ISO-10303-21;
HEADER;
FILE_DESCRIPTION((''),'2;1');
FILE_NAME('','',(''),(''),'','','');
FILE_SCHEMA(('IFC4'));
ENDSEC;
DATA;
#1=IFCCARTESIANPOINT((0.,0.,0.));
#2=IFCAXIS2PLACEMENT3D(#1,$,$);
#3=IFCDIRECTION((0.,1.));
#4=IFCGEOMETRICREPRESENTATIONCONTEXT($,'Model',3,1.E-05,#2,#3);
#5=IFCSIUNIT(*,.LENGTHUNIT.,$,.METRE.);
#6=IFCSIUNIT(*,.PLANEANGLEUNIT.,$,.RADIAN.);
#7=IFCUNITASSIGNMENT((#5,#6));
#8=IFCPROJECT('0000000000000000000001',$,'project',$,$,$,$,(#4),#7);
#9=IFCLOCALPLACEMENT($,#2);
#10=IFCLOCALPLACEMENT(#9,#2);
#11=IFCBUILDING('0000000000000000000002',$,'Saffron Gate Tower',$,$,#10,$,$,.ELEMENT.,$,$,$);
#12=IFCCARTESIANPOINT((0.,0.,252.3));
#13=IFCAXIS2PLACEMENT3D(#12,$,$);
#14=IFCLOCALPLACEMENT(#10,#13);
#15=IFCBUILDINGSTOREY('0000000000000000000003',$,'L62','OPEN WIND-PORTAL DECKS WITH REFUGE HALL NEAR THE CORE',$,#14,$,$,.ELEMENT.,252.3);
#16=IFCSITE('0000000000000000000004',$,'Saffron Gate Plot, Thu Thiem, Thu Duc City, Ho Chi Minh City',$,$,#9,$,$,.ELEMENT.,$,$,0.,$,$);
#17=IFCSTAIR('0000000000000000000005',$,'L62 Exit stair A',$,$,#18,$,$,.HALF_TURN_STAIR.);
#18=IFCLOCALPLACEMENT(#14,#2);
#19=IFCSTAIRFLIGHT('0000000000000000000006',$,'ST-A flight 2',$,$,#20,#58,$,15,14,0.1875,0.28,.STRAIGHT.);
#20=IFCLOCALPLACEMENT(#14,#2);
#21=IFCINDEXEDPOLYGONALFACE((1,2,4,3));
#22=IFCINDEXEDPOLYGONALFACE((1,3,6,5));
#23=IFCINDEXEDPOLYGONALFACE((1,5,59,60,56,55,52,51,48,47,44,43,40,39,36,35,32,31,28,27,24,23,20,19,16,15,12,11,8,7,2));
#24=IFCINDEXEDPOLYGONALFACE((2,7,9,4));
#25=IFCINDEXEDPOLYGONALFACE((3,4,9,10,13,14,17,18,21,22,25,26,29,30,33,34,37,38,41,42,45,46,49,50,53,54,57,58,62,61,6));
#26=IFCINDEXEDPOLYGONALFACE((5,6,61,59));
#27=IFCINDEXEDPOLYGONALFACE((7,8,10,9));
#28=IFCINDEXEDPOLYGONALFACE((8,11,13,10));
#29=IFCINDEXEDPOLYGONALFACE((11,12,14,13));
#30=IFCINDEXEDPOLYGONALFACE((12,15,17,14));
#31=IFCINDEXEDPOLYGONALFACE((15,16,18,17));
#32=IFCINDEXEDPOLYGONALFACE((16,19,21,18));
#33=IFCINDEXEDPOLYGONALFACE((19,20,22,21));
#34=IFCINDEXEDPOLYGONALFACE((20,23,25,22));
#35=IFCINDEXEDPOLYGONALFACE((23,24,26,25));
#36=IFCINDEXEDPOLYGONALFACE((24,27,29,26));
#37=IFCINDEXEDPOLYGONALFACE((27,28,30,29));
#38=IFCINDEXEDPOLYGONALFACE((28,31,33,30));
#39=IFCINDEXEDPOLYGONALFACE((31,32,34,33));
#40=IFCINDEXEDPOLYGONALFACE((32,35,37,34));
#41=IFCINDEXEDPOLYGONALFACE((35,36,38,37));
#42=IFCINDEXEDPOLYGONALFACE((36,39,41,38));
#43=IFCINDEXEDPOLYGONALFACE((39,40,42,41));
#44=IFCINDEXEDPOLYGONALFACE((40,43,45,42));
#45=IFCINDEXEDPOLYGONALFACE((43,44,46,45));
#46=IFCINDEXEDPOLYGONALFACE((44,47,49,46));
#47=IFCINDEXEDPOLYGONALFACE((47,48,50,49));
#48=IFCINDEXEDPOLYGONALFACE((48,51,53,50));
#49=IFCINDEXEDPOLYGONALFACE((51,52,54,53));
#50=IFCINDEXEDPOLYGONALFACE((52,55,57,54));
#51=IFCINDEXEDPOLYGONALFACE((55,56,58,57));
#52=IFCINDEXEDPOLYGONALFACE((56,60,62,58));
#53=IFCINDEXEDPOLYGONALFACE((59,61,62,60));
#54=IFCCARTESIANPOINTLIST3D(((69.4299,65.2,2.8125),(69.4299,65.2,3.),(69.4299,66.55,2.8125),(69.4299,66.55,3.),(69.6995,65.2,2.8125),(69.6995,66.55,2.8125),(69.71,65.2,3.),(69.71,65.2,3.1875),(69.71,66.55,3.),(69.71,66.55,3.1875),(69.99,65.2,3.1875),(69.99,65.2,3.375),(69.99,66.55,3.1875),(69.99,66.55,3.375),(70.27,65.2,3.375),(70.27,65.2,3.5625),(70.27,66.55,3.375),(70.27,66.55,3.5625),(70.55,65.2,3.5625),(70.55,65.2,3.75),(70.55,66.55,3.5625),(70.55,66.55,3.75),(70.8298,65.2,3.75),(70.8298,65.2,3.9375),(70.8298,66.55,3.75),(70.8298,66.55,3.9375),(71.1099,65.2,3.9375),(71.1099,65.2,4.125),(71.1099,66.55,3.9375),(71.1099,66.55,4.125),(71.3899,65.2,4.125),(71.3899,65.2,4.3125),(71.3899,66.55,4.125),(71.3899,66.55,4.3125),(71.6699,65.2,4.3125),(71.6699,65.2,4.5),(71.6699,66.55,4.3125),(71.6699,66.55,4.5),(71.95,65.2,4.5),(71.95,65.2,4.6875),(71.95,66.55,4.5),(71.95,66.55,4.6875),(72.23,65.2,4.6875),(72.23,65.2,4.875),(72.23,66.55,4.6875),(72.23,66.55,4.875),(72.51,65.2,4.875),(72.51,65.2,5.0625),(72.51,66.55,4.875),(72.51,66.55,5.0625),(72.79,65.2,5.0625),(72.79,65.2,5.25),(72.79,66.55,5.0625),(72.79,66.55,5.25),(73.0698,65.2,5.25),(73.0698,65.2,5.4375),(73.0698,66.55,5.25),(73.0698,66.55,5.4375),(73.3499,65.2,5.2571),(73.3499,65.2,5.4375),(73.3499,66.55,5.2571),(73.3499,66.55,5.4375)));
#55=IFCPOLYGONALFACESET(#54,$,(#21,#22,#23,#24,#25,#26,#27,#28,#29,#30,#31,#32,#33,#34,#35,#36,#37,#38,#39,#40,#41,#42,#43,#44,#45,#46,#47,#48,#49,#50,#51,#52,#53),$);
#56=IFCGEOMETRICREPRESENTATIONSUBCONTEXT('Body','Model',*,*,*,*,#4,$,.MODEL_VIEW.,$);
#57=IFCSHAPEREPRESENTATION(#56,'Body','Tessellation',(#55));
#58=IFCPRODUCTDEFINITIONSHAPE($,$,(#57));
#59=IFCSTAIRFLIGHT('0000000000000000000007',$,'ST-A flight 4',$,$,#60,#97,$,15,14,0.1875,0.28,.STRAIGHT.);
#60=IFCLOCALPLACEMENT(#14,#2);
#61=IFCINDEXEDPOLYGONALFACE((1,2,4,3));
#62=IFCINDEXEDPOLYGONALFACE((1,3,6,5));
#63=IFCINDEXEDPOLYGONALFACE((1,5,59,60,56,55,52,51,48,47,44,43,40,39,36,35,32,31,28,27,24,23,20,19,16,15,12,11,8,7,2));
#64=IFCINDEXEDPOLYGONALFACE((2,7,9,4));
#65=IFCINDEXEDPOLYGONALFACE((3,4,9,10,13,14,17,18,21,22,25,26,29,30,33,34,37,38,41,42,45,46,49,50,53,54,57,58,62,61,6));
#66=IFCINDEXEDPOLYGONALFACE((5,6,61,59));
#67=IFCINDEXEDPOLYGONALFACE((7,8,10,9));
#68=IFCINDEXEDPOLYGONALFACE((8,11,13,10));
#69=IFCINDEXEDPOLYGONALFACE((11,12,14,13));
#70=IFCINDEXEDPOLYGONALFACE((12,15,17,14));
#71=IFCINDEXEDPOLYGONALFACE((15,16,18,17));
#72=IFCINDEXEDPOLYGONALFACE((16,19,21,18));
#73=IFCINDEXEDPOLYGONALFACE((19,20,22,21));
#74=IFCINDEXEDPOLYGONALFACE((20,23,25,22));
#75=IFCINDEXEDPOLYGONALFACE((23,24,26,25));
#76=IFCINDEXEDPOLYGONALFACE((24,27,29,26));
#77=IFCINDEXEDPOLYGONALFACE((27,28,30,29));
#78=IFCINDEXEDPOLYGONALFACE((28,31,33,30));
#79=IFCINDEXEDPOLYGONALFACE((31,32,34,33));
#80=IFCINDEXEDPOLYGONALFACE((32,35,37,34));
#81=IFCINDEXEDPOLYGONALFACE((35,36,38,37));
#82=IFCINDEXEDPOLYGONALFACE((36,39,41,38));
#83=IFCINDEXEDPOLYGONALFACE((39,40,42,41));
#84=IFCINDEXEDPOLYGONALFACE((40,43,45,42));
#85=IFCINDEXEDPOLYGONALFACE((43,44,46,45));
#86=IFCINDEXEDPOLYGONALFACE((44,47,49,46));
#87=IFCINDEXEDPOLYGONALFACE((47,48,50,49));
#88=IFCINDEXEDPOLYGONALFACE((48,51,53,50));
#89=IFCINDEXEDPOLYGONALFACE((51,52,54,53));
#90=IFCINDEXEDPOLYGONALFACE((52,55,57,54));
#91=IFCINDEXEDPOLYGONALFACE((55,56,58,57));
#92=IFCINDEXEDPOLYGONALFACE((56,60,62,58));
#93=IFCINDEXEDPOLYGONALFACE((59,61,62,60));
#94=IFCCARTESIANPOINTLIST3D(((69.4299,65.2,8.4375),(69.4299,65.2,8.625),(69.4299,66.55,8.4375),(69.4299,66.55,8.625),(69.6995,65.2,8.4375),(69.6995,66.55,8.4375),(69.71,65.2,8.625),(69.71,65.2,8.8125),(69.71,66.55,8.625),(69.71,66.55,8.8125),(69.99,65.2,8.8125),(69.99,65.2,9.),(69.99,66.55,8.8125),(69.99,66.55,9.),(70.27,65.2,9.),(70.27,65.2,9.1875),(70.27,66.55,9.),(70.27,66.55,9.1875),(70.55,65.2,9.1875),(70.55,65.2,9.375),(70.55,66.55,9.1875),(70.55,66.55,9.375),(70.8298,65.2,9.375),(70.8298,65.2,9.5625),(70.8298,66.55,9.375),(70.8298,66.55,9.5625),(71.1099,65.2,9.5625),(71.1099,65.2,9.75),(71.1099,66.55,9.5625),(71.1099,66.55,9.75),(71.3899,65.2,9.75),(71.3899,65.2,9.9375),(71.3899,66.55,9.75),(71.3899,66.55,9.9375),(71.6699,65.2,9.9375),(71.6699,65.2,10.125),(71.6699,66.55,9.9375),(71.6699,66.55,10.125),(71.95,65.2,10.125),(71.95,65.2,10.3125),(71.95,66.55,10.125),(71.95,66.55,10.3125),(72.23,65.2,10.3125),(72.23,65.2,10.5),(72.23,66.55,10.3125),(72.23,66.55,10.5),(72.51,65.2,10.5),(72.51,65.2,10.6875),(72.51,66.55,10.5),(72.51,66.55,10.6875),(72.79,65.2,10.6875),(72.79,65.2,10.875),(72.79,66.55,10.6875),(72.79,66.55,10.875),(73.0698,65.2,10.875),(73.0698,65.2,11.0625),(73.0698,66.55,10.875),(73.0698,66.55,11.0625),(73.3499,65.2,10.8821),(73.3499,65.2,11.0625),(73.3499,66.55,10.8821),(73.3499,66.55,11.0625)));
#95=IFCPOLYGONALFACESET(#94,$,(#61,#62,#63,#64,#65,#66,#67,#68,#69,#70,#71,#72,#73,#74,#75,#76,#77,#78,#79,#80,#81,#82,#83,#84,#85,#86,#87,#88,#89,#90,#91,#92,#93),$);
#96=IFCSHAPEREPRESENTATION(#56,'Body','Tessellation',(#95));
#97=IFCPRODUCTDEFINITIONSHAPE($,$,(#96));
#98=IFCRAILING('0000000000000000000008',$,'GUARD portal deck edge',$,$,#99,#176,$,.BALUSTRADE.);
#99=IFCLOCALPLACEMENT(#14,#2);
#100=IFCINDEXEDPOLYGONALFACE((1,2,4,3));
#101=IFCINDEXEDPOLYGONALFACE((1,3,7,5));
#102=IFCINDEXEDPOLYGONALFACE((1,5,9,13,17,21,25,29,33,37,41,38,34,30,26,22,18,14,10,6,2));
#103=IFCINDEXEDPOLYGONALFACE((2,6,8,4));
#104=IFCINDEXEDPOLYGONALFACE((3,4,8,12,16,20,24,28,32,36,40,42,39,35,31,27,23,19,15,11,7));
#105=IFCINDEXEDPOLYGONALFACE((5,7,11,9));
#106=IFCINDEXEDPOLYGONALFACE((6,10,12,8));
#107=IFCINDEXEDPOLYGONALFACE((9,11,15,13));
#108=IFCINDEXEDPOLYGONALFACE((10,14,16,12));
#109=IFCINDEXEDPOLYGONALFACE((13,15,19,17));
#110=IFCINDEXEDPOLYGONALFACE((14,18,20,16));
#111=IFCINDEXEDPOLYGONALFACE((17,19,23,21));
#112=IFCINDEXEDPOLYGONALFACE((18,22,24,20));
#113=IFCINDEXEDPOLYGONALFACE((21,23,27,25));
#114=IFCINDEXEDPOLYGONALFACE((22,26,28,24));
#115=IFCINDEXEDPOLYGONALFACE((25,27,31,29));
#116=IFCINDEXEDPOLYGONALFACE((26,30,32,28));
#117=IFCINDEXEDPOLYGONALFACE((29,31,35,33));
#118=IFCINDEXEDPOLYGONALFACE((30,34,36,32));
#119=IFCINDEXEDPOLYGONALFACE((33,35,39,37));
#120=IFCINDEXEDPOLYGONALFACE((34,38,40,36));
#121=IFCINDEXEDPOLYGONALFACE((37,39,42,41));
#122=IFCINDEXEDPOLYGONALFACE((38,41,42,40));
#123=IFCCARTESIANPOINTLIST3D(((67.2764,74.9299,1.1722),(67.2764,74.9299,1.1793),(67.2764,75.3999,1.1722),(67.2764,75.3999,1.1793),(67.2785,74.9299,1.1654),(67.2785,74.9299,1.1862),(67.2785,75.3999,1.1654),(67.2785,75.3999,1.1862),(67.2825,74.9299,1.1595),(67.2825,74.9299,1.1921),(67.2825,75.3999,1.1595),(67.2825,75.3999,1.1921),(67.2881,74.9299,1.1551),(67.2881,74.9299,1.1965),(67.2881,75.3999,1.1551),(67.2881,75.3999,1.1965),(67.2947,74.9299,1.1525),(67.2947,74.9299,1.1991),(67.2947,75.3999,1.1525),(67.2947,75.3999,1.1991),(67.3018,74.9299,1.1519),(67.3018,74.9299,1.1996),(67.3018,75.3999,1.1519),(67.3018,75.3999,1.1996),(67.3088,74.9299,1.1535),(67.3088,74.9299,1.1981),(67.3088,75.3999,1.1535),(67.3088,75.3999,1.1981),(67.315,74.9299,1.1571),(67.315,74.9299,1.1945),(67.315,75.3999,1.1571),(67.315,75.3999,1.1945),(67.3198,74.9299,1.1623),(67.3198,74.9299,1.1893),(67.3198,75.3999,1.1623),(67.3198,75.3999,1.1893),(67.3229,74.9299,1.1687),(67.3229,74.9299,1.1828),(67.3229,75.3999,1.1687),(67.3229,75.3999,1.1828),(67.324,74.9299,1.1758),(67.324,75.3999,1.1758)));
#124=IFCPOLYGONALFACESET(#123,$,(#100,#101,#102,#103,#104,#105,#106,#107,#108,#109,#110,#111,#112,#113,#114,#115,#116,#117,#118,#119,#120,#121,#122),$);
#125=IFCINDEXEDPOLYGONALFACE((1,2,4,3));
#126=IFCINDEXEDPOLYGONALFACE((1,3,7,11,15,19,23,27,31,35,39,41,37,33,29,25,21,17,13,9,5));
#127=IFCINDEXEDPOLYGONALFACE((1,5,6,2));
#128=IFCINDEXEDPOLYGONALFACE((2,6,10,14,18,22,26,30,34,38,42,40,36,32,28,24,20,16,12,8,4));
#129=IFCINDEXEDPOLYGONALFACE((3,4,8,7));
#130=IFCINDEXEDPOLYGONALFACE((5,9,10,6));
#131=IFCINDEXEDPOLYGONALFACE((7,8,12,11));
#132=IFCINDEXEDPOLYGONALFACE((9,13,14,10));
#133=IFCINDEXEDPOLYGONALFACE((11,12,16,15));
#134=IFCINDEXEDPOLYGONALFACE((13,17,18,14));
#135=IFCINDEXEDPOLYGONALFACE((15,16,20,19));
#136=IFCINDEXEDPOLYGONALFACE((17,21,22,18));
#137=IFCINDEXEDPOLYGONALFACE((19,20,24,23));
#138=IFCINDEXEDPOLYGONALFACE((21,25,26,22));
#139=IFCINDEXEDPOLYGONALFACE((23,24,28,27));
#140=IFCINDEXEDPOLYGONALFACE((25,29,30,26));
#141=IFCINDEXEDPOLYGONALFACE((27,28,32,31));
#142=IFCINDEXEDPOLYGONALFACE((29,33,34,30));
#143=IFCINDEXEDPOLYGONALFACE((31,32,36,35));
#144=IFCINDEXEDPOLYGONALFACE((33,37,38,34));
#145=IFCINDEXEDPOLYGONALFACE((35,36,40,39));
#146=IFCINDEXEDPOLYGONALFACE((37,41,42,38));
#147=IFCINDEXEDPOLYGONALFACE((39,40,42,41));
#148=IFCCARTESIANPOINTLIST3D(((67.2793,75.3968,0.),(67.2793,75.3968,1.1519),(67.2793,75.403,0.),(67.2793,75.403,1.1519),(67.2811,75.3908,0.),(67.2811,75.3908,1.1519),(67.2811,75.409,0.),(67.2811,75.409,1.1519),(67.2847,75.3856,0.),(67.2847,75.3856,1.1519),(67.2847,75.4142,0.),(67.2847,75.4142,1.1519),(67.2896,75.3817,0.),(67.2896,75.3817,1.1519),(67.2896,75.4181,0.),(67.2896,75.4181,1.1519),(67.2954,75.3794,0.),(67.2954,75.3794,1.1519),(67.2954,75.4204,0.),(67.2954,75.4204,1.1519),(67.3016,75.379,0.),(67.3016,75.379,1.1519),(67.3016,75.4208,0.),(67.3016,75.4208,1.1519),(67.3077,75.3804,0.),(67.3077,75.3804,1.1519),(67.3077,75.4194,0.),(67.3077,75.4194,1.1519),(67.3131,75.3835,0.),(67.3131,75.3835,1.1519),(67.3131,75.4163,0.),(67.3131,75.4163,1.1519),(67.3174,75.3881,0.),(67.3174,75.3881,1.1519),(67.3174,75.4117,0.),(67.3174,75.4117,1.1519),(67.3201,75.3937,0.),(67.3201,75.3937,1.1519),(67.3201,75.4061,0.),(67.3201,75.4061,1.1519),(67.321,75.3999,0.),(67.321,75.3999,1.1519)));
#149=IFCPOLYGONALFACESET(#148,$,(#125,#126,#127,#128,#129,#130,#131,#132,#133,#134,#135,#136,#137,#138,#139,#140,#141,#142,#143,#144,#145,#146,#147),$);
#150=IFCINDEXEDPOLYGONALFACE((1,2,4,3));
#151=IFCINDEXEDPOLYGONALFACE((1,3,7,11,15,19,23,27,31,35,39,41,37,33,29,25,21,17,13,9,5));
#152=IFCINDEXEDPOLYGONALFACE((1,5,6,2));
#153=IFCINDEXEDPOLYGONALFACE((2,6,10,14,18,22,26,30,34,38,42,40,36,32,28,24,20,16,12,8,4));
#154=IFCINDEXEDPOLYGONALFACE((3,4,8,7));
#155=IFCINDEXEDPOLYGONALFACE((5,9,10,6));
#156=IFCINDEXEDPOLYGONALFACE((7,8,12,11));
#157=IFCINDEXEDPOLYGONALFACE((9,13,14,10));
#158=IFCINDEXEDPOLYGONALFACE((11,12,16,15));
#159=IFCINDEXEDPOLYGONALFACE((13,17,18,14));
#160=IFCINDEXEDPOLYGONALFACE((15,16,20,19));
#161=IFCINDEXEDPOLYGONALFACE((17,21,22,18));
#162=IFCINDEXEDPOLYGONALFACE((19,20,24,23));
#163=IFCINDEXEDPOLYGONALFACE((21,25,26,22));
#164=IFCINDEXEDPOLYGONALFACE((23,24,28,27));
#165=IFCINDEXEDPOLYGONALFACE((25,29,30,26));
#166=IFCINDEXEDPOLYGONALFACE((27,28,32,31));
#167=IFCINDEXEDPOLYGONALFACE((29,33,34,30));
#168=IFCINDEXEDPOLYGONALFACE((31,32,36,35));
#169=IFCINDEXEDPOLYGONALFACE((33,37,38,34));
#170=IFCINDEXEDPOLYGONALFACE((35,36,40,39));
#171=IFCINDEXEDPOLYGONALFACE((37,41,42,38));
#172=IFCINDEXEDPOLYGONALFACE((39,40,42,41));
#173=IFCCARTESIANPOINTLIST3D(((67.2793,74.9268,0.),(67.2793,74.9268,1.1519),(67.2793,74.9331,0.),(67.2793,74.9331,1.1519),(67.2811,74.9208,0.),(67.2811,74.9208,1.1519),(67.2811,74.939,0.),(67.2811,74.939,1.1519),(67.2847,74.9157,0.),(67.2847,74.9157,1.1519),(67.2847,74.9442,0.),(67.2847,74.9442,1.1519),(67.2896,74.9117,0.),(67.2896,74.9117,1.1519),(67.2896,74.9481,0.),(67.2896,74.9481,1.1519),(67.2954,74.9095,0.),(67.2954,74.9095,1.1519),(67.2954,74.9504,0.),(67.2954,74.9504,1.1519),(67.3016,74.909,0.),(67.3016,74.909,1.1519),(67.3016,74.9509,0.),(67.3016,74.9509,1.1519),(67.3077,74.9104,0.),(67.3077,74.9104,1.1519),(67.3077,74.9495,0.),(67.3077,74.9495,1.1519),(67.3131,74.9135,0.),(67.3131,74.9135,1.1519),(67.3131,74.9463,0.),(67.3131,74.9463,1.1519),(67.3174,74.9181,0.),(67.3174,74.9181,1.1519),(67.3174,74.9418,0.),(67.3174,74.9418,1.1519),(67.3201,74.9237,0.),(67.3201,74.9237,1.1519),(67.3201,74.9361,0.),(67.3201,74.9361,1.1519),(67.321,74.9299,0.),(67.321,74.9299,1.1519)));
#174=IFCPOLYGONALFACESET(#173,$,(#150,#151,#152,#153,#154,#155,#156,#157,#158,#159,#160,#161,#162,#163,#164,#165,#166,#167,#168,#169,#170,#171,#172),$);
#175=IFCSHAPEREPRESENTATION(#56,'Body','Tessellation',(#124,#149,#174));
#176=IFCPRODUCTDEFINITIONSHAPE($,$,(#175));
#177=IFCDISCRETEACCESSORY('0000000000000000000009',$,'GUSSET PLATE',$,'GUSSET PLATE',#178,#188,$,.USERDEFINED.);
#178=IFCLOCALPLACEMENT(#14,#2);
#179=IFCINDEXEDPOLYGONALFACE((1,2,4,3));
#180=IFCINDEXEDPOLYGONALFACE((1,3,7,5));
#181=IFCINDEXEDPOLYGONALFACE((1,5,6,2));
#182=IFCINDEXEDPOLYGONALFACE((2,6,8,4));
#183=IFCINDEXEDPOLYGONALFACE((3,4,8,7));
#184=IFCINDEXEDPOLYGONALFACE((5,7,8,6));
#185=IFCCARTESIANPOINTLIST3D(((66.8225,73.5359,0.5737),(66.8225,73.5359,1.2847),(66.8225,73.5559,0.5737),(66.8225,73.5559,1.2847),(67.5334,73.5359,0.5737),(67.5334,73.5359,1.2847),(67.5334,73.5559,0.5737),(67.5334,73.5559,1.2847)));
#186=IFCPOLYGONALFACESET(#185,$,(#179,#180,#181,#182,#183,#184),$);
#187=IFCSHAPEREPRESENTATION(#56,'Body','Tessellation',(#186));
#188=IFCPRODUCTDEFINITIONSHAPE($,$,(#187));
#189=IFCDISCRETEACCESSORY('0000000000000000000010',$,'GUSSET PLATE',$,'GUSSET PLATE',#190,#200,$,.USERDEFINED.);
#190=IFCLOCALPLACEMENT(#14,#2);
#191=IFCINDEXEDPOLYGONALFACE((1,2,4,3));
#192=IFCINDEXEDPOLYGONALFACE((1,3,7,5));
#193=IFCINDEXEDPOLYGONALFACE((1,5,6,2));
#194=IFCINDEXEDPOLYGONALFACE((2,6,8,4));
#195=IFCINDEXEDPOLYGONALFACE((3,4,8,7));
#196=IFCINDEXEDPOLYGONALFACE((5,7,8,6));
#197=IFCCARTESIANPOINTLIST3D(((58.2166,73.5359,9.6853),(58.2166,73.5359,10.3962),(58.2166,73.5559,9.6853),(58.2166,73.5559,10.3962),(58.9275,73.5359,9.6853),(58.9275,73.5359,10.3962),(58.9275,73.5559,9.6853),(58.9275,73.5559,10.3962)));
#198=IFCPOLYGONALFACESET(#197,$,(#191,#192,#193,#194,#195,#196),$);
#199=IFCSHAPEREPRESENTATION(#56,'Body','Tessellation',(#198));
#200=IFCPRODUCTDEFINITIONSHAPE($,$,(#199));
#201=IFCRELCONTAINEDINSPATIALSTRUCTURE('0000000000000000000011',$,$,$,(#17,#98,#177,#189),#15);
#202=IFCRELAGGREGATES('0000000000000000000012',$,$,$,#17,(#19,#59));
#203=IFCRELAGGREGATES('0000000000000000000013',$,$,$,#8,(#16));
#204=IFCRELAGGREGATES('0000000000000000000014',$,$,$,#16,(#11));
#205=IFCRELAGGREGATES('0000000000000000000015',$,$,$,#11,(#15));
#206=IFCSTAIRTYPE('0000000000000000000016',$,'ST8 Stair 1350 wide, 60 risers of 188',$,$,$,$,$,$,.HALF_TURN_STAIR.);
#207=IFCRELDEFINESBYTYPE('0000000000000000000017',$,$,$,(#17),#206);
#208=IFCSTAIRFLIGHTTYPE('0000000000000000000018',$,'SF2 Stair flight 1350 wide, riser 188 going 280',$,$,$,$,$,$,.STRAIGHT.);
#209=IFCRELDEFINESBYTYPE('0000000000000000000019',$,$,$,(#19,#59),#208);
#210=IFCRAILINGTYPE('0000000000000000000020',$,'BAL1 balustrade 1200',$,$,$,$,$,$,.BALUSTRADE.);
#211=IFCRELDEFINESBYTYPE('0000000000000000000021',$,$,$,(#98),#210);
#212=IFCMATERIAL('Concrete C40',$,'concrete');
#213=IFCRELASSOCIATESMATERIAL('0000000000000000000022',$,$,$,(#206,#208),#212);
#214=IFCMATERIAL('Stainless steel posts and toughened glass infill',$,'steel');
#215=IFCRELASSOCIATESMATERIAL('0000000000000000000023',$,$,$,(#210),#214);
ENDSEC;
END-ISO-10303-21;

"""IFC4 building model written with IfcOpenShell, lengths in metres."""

from ifc_helpers import new_model, si_unit, direction, frame, origin, origin_2d, place, context, subcontext, project, spatial, polyline, rectangle, circle, outline, extrude, material, type_object, element, aggregate, save


model = new_model("IFC4")

# Units and contexts
model_context = context("Model", 3, precision=1e-05, world=origin(), true_north=direction((0.0, 1.0)))
body_context = subcontext(model_context, "Body", "Model", "MODEL_VIEW")
ifc_project = project(units=[si_unit("LENGTHUNIT", "METRE"), si_unit("PLANEANGLEUNIT", "RADIAN")], contexts=[model_context])

# Site, building, storey
site_placement = place(None, origin())
site = spatial("IfcSite", under=ifc_project, at=site_placement, Name="Saffron Gate Plot, Thu Thiem, Thu Duc City, Ho Chi Minh City", CompositionType="ELEMENT", RefElevation=0.0)
building_placement = place(site_placement, origin())
building = spatial("IfcBuilding", under=site, at=building_placement, Name="Saffron Gate Tower", CompositionType="ELEMENT")
storey_placement = place(building_placement, frame((0.0, 0.0, 252.3)))
storey = spatial("IfcBuildingStorey", under=building, at=storey_placement, Name="L62", Description="OPEN WIND-PORTAL DECKS WITH REFUGE HALL NEAR THE CORE", CompositionType="ELEMENT", Elevation=252.3)

# Stair, stair flights
ifc_material_1 = material(Name="Concrete C40", Category="concrete")
stair_type = type_object("IfcStairType", Name="ST8 Stair 1350 wide, 60 risers of 188", PredefinedType="HALF_TURN_STAIR", material=ifc_material_1)
stair_placement = place(storey_placement, origin())
stair = element("IfcStair", 1, at=stair_placement, inside=storey, type_object=stair_type, Name="L62 Exit stair A", PredefinedType="HALF_TURN_STAIR")
stair_flight_type = type_object("IfcStairFlightType", Name="SF2 Stair flight 1350 wide, riser 188 going 280", PredefinedType="STRAIGHT", material=ifc_material_1)
stair_flight_1_placement = place(storey_placement, frame((69.4299, 65.875, 2.8125), z_axis=(0.0, 0.0, 1.0), x_axis=(1.0, 0.0, 0.0)))
stair_flight_1 = element("IfcStairFlight", 2, at=stair_flight_1_placement, type_object=stair_flight_type, Name="ST-A flight 2", NumberOfRisers=15, NumberOfTreads=14, PredefinedType="STRAIGHT", RiserHeight=0.1875, TreadLength=0.28, context=body_context, shape_type="SweptSolid", body=[
    extrude(outline(polyline([(0.0, 0.0), (0.0, 0.1875), (0.28, 0.1875), (0.28, 0.375), (0.5601, 0.375), (0.5601, 0.5625), (0.8401, 0.5625), (0.8401, 0.75), (1.1201, 0.75), (1.1201, 0.9375), (1.3999, 0.9375), (1.3999, 1.125), (1.6799, 1.125), (1.6799, 1.3125), (1.96, 1.3125), (1.96, 1.5), (2.24, 1.5), (2.24, 1.6875), (2.52, 1.6875), (2.52, 1.875), (2.8, 1.875), (2.8, 2.0625), (3.0801, 2.0625), (3.0801, 2.25), (3.3601, 2.25), (3.3601, 2.4375), (3.6399, 2.4375), (3.6399, 2.625), (3.9199, 2.625), (3.9199, 2.8125), (3.9199, 2.4446), (0.2695, 0.0), (0.0, 0.0)])), frame((0.0, 0.675, 0.0), z_axis=(0.0, -1.0, 0.0), x_axis=(1.0, 0.0, 0.0)), (0.0, 0.0, 1.0), 1.3501),
])
stair_flight_2_placement = place(storey_placement, frame((69.4299, 65.875, 8.4375), z_axis=(0.0, 0.0, 1.0), x_axis=(1.0, 0.0, 0.0)))
stair_flight_2 = element("IfcStairFlight", 3, at=stair_flight_2_placement, type_object=stair_flight_type, Name="ST-A flight 4", NumberOfRisers=15, NumberOfTreads=14, PredefinedType="STRAIGHT", RiserHeight=0.1875, TreadLength=0.28, context=body_context, shape_type="SweptSolid", body=[
    extrude(outline(polyline([(0.0, 0.0), (0.0, 0.1875), (0.28, 0.1875), (0.28, 0.375), (0.5601, 0.375), (0.5601, 0.5625), (0.8401, 0.5625), (0.8401, 0.75), (1.1201, 0.75), (1.1201, 0.9375), (1.3999, 0.9375), (1.3999, 1.125), (1.6799, 1.125), (1.6799, 1.3125), (1.96, 1.3125), (1.96, 1.5), (2.24, 1.5), (2.24, 1.6875), (2.52, 1.6875), (2.52, 1.875), (2.8, 1.875), (2.8, 2.0625), (3.0801, 2.0625), (3.0801, 2.25), (3.3601, 2.25), (3.3601, 2.4375), (3.6399, 2.4375), (3.6399, 2.625), (3.9199, 2.625), (3.9199, 2.8125), (3.9199, 2.4446), (0.2695, 0.0), (0.0, 0.0)])), frame((0.0, 0.675, 0.0), z_axis=(0.0, -1.0, 0.0), x_axis=(1.0, 0.0, 0.0)), (0.0, 0.0, 1.0), 1.3501),
])
aggregate(stair, [stair_flight_1, stair_flight_2])

# Railing
ifc_material_2 = material(Name="Stainless steel posts and toughened glass infill", Category="steel")
railing_type = type_object("IfcRailingType", Name="BAL1 balustrade 1200", PredefinedType="BALUSTRADE", material=ifc_material_2)
railing_1_placement = place(storey_placement, frame((67.3, 75.3999, 0.0)))
element("IfcRailing", 4, at=railing_1_placement, inside=storey, type_object=railing_type, Name="GUARD portal deck edge", PredefinedType="BALUSTRADE", context=body_context, shape_type="SweptSolid", body=[
    extrude(circle(Radius=0.0239, at=origin_2d()), frame((0.0, 0.0, 1.1758), z_axis=(0.0, -1.0, 0.0), x_axis=(1.0, 0.0, 0.0)), (0.0, 0.0, 1.0), 0.47),
    extrude(circle(Radius=0.021, at=origin_2d()), origin(), (0.0, 0.0, 1.0), 1.1519),
    extrude(circle(Radius=0.021, at=origin_2d()), frame((0.0, -0.47, 0.0)), (0.0, 0.0, 1.0), 1.1519),
])

# Discrete accessories
for number, where, z_axis, x_axis, name in (
    (5, (67.178, 73.5459, 0.5737), (0.0, 0.0, 1.0), (-1.0, 0.0, 0.0), "GUSSET PLATE"),
    (6, (58.572, 73.5459, 9.6853), (0.0, 0.0, 1.0), (-1.0, 0.0, 0.0), "GUSSET PLATE"),
):
    element("IfcDiscreteAccessory", number, at=place(storey_placement, frame(where, z_axis=z_axis, x_axis=x_axis)), inside=storey, Name=name, ObjectType="GUSSET PLATE", PredefinedType="USERDEFINED", context=body_context, shape_type="SweptSolid", body=[
        extrude(rectangle(XDim=0.7109, YDim=0.02, at=origin_2d()), origin(), (0.0, 0.0, 1.0), 0.7109),
    ])

save(model, "model.ifc")
